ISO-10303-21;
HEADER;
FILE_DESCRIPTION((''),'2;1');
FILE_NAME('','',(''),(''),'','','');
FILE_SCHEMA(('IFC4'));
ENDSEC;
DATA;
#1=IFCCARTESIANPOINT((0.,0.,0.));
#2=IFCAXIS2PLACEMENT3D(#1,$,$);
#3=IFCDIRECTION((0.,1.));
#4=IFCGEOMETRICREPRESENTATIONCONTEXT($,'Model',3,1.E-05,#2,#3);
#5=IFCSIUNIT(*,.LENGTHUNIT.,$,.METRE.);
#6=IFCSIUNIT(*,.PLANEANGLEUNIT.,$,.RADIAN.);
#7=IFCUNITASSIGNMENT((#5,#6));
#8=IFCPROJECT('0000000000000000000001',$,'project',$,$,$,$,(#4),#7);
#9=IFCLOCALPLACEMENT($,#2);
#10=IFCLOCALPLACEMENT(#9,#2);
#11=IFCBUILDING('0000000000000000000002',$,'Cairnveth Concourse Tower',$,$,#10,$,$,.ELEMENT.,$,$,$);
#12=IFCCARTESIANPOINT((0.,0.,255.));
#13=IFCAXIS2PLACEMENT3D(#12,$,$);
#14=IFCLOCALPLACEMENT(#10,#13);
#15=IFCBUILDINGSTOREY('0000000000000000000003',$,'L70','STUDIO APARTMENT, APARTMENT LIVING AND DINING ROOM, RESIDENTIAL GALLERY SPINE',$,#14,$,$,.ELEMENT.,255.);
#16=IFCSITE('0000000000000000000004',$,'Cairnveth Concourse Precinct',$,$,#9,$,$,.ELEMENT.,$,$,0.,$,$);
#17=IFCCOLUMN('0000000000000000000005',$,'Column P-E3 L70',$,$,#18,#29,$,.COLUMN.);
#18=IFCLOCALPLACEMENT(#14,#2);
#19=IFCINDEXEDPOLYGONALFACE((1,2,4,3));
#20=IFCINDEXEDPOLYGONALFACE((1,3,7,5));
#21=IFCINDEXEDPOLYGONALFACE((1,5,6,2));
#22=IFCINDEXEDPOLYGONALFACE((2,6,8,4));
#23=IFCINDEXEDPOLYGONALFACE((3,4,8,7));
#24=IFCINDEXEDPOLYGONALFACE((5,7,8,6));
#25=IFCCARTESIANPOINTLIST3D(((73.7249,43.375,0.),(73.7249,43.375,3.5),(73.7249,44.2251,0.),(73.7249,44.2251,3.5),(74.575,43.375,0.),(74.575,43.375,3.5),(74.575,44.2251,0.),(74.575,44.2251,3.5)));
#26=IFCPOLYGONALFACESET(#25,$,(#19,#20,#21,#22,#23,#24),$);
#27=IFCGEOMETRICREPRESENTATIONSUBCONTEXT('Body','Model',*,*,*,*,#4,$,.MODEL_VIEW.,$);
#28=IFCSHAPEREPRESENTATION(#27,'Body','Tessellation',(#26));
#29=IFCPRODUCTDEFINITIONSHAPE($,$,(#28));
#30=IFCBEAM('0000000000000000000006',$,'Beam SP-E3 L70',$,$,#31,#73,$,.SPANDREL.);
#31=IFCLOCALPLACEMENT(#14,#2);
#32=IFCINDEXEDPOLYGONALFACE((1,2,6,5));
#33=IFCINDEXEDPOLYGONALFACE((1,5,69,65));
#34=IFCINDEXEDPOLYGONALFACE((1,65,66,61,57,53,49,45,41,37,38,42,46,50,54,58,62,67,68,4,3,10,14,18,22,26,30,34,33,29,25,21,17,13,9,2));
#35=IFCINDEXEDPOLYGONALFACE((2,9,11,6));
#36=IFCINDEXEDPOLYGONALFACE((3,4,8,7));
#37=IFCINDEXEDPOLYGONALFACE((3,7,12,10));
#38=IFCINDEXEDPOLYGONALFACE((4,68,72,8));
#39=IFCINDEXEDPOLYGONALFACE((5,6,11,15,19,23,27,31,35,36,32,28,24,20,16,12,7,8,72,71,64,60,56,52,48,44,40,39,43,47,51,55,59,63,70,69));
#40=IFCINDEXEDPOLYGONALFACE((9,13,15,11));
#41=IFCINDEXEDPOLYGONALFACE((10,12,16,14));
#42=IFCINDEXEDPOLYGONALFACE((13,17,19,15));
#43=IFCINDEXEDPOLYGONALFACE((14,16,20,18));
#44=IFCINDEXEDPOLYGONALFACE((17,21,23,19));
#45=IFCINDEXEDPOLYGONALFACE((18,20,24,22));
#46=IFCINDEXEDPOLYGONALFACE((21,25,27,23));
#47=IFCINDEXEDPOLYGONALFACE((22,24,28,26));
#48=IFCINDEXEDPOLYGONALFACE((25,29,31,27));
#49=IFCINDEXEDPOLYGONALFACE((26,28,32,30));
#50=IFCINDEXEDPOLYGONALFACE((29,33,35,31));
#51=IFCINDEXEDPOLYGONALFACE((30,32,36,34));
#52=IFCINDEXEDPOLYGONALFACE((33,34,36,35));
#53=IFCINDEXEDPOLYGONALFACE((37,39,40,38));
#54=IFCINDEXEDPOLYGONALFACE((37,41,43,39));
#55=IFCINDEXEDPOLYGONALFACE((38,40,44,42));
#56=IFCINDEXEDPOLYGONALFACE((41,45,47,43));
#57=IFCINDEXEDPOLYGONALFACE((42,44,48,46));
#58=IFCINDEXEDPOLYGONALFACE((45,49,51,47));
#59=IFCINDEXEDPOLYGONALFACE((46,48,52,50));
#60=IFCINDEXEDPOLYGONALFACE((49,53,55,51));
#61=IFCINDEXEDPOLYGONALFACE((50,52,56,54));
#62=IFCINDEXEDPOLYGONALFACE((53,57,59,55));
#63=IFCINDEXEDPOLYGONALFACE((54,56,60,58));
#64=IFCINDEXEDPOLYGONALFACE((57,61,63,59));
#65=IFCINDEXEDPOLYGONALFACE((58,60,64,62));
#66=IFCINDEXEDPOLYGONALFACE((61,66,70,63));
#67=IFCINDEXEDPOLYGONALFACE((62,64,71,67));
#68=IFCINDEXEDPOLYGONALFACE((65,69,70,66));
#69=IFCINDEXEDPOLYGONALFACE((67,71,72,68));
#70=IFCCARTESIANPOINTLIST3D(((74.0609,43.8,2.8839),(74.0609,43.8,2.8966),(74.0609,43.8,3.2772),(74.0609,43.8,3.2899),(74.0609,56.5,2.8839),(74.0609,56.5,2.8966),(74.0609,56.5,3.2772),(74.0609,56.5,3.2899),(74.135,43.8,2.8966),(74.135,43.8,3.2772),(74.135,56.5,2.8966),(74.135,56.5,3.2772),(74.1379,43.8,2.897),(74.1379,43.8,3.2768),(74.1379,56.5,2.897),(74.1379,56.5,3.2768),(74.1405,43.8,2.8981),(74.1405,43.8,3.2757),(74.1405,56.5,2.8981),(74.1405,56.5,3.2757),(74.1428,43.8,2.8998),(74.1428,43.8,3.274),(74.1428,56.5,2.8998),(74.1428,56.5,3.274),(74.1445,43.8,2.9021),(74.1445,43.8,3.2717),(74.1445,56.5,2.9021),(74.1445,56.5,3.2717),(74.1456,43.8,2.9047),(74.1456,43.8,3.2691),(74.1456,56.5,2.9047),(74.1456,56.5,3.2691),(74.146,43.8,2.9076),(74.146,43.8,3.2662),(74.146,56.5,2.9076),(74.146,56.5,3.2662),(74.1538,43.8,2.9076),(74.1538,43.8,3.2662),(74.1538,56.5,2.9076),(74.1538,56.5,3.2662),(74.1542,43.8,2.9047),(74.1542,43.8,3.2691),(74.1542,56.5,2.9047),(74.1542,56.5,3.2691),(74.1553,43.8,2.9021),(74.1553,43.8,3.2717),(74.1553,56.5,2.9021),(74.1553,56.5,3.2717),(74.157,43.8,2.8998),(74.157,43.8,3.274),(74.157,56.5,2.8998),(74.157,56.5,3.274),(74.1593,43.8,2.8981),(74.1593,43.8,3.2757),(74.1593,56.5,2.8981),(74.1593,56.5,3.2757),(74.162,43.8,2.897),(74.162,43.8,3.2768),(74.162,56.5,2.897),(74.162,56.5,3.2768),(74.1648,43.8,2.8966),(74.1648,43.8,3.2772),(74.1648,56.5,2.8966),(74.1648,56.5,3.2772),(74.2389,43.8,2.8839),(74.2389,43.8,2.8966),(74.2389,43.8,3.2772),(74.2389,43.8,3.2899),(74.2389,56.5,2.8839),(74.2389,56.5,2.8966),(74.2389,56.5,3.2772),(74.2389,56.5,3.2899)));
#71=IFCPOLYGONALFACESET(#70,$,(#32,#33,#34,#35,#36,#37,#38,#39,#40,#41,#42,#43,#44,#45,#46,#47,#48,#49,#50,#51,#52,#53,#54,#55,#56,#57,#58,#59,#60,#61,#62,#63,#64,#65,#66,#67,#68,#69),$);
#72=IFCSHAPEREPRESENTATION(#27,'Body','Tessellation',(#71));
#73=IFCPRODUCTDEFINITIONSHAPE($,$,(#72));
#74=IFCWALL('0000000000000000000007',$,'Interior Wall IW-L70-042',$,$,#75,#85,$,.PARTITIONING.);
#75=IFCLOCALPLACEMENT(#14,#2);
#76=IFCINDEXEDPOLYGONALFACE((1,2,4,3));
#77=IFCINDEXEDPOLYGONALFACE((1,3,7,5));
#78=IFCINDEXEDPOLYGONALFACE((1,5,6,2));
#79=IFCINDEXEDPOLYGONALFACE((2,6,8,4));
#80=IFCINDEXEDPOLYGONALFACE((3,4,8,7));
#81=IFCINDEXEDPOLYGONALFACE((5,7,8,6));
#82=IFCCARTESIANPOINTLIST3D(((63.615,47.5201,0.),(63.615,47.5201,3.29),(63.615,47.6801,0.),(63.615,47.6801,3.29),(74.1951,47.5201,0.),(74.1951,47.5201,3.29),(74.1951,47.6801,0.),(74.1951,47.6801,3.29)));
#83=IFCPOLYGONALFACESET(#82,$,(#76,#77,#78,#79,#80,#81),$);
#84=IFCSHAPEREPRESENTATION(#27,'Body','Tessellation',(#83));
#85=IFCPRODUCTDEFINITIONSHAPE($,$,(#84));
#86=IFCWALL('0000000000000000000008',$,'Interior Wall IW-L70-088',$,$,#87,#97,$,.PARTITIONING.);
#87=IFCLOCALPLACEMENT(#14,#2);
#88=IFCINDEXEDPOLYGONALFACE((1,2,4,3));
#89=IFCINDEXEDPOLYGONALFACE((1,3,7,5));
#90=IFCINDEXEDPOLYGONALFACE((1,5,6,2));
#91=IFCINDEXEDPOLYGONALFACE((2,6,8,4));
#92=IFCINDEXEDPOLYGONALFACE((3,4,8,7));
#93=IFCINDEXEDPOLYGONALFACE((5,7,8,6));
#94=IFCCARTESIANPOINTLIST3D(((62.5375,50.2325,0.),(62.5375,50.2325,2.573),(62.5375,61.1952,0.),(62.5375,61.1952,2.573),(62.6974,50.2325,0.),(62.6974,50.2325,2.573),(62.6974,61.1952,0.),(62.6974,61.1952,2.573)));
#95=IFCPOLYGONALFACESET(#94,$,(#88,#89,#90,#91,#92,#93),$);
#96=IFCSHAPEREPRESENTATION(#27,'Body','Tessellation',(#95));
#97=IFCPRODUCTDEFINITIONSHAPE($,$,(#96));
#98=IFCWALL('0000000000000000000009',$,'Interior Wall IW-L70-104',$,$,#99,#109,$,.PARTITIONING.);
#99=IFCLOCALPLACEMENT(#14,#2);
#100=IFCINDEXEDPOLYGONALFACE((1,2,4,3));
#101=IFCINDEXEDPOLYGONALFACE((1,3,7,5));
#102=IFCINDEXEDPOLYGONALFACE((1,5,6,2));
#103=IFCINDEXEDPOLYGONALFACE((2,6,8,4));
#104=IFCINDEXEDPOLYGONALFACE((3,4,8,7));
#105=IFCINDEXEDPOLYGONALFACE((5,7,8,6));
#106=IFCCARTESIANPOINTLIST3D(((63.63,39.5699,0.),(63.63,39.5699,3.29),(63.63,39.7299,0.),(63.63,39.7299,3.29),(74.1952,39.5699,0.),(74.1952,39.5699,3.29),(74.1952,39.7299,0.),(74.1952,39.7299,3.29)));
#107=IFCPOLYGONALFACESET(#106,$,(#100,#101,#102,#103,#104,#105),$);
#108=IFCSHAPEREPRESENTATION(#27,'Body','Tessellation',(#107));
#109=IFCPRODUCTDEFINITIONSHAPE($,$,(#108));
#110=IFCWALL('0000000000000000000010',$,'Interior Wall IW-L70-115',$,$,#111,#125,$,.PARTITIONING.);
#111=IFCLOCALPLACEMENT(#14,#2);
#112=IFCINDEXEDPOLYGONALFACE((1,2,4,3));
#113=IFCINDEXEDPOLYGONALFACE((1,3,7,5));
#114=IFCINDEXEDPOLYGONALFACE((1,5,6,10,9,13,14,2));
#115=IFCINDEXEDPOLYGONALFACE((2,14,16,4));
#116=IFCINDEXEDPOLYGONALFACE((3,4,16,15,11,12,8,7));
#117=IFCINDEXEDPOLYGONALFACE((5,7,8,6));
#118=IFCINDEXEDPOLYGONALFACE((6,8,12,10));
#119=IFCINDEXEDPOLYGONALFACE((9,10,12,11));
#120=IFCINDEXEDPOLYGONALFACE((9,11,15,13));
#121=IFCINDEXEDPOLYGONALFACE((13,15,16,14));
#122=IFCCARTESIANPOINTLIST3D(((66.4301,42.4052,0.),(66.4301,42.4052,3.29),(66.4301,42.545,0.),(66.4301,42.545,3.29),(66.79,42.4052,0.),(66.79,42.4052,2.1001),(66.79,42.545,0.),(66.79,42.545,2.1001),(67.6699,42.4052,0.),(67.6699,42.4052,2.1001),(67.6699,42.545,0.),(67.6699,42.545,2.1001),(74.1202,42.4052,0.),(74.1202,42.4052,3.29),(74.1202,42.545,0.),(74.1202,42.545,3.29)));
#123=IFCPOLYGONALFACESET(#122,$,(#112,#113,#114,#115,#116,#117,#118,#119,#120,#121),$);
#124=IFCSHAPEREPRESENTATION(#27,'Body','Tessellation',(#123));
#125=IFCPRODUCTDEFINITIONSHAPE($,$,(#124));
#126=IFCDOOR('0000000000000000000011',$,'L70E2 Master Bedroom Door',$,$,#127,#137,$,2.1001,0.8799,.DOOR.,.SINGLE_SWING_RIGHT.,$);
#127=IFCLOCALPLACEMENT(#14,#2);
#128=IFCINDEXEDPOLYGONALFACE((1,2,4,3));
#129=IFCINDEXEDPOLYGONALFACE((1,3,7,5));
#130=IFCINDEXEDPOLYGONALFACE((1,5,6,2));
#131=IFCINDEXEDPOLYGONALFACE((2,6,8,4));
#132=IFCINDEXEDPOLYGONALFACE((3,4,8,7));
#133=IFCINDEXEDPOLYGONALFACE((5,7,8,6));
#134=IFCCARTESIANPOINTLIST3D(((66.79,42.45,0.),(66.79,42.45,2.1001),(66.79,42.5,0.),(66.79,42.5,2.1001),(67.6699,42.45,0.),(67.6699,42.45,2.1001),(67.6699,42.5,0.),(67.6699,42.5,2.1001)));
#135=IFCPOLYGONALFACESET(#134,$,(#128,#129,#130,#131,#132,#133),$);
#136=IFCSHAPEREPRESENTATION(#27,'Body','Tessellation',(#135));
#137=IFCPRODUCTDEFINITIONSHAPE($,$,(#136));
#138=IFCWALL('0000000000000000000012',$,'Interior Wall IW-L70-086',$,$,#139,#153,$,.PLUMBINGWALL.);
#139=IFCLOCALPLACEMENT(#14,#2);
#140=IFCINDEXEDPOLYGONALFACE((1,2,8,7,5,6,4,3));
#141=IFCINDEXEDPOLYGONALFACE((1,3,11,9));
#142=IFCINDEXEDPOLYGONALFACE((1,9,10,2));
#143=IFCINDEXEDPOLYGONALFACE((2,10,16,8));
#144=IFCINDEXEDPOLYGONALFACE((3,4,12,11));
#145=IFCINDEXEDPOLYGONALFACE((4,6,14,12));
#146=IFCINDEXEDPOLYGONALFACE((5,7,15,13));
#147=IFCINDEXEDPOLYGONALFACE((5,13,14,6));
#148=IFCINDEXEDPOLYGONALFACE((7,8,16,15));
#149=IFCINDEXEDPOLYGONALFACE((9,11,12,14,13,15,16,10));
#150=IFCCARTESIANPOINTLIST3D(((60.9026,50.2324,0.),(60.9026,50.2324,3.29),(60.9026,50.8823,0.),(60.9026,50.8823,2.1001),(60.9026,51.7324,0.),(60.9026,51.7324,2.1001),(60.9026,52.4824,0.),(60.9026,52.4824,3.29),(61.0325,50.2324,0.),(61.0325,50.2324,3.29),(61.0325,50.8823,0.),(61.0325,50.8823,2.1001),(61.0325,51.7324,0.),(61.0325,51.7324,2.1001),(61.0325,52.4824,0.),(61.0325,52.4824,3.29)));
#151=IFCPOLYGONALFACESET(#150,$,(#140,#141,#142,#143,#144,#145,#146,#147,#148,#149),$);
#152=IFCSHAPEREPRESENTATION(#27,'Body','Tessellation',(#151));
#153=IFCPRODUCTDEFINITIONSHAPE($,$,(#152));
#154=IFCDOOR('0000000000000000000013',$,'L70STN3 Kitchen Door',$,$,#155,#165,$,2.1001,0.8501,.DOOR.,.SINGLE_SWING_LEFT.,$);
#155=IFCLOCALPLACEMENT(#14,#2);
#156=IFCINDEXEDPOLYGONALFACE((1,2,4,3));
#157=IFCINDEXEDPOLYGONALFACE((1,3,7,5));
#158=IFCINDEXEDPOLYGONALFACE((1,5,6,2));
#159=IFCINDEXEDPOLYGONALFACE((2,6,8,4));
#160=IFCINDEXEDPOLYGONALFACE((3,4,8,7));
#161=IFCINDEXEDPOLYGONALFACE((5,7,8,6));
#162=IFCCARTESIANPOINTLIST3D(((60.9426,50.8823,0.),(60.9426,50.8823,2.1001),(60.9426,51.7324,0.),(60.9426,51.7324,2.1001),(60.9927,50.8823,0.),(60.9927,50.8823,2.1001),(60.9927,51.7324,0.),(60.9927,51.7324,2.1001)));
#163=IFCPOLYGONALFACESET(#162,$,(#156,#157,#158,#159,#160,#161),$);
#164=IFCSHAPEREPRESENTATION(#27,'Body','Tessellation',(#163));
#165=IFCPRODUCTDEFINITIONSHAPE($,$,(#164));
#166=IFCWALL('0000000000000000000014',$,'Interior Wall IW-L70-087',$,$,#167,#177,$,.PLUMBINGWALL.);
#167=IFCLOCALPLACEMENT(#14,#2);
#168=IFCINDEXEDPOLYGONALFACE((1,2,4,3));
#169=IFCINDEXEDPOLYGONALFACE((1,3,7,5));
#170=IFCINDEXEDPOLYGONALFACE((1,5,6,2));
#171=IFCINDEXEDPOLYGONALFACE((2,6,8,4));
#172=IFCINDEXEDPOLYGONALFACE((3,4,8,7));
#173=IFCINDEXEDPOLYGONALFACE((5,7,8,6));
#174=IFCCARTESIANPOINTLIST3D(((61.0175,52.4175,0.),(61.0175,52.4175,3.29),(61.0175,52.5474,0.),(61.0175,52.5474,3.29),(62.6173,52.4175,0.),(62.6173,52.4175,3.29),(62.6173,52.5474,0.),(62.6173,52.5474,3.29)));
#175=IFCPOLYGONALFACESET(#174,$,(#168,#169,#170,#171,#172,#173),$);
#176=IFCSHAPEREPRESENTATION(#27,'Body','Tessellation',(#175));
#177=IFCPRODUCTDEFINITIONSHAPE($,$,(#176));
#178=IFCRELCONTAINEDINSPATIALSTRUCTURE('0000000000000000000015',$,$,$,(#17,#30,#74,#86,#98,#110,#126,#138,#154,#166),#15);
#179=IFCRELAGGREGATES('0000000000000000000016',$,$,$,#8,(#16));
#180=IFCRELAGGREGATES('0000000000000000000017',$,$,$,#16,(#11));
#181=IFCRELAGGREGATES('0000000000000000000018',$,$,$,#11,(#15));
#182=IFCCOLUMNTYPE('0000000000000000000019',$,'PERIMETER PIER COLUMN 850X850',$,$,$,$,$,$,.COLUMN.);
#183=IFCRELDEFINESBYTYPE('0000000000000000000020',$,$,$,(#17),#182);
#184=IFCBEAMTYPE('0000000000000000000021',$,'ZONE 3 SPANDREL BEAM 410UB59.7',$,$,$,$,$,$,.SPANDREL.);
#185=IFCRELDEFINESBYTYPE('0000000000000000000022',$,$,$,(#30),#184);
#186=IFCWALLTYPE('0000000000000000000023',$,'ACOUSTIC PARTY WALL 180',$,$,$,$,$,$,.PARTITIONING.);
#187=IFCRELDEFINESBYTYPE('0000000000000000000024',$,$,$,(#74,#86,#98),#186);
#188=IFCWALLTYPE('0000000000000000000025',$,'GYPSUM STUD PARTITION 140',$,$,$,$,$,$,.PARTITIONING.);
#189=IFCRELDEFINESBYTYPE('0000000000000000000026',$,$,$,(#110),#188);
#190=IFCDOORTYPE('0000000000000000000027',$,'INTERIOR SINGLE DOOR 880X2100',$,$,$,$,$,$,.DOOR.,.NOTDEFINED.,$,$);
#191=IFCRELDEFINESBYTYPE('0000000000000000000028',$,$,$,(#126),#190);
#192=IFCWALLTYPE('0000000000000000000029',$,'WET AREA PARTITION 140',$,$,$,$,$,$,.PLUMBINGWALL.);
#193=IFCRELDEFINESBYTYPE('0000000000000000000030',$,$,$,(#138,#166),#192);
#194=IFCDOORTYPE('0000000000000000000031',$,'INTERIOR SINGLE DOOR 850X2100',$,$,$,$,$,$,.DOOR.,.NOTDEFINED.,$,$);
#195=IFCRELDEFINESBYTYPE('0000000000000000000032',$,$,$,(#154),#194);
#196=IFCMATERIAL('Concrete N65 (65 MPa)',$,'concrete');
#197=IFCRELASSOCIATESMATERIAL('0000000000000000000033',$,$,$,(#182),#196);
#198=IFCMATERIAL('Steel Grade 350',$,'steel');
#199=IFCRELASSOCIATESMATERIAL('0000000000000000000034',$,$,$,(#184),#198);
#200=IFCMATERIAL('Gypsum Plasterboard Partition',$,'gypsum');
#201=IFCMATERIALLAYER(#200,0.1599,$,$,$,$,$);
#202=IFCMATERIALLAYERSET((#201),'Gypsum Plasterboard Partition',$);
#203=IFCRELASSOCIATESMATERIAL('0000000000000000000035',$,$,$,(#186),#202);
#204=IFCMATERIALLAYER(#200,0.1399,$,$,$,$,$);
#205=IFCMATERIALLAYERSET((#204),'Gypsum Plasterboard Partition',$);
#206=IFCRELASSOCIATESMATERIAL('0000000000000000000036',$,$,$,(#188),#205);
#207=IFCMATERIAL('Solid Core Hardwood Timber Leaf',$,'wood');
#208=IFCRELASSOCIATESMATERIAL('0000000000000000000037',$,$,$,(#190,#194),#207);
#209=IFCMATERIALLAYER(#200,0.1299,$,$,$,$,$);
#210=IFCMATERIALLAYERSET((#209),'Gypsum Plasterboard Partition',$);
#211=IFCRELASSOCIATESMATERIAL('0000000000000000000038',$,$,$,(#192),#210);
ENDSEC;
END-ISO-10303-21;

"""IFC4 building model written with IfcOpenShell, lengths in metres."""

from ifc_helpers import new_model, si_unit, direction, frame, frame_2d, origin, origin_2d, place, context, subcontext, project, spatial, rectangle, i_section, extrude, material, layer, layer_set, material_profile, profile_set, type_object, element, fill, save


model = new_model("IFC4")

# Units and contexts
model_context = context("Model", 3, precision=1e-05, world=origin(), true_north=direction((0.0, 1.0)))
body_context = subcontext(model_context, "Body", "Model", "MODEL_VIEW")
ifc_project = project(units=[si_unit("LENGTHUNIT", "METRE"), si_unit("PLANEANGLEUNIT", "RADIAN")], contexts=[model_context])

# Site, building, storey
site_placement = place(None, origin())
site = spatial("IfcSite", under=ifc_project, at=site_placement, Name="Cairnveth Concourse Precinct", CompositionType="ELEMENT", RefElevation=0.0)
building_placement = place(site_placement, origin())
building = spatial("IfcBuilding", under=site, at=building_placement, Name="Cairnveth Concourse Tower", CompositionType="ELEMENT")
storey_placement = place(building_placement, frame((0.0, 0.0, 255.0)))
storey = spatial("IfcBuildingStorey", under=building, at=storey_placement, Name="L70", Description="STUDIO APARTMENT, APARTMENT LIVING AND DINING ROOM, RESIDENTIAL GALLERY SPINE", CompositionType="ELEMENT", Elevation=255.0)

# Column
ifc_material_1 = material(Name="Concrete N65 (65 MPa)", Category="concrete")
ifc_material_profile_1 = material_profile(ifc_material_1, rectangle(XDim=0.8501, YDim=0.8501, at=origin_2d()), Name="RC-COL-850x850")
ifc_profile_set_1 = profile_set([ifc_material_profile_1], Name="Concrete N65 (65 MPa)")
column_type = type_object("IfcColumnType", Name="PERIMETER PIER COLUMN 850X850", PredefinedType="COLUMN", material=ifc_profile_set_1)
column_placement = place(storey_placement, frame((74.1499, 43.8, 0.0), z_axis=(0.0, 0.0, 1.0), x_axis=(0.0, 1.0, 0.0)))
element("IfcColumn", 1, at=column_placement, inside=storey, type_object=column_type, Name="Column P-E3 L70", PredefinedType="COLUMN", context=body_context, shape_type="SweptSolid", body=[
    extrude(rectangle(XDim=0.8501, YDim=0.8501, at=origin_2d()), origin(), (0.0, 0.0, 1.0), 3.5),
])

# Beam
ifc_material_2 = material(Name="Steel Grade 350", Category="steel")
ifc_material_profile_2 = material_profile(ifc_material_2, i_section(OverallWidth=0.178, OverallDepth=0.406, WebThickness=0.0078, FlangeThickness=0.0127, FilletRadius=0.011, at=origin_2d()), Name="410UB59.7")
ifc_profile_set_2 = profile_set([ifc_material_profile_2], Name="Steel Grade 350")
beam_type = type_object("IfcBeamType", Name="ZONE 3 SPANDREL BEAM 410UB59.7", PredefinedType="SPANDREL", material=ifc_profile_set_2)
beam_placement = place(storey_placement, frame((74.1499, 43.8, 3.0869), z_axis=(0.0, 1.0, 0.0), x_axis=(-1.0, 0.0, 0.0)))
element("IfcBeam", 2, at=beam_placement, inside=storey, type_object=beam_type, Name="Beam SP-E3 L70", PredefinedType="SPANDREL", context=body_context, shape_type="SweptSolid", body=[
    extrude(i_section(OverallWidth=0.178, OverallDepth=0.406, WebThickness=0.0078, FlangeThickness=0.0127, FilletRadius=0.011, at=origin_2d()), origin(), (0.0, 0.0, 1.0), 12.7),
])

# Walls
ifc_material_3 = material(Name="Gypsum Plasterboard Partition", Category="gypsum")
ifc_layer_1 = layer(ifc_material_3, 0.1599)
ifc_layer_set_1 = layer_set([ifc_layer_1], Name="Gypsum Plasterboard Partition")
wall_type_1 = type_object("IfcWallType", Name="ACOUSTIC PARTY WALL 180", PredefinedType="PARTITIONING", material=ifc_layer_set_1)
wall_1_placement = place(storey_placement, frame((63.615, 47.6001, 0.0), z_axis=(0.0, 0.0, 1.0), x_axis=(1.0, 0.0, 0.0)))
element("IfcWall", 3, at=wall_1_placement, inside=storey, type_object=wall_type_1, Name="Interior Wall IW-L70-042", PredefinedType="PARTITIONING", context=body_context, shape_type="SweptSolid", body=[
    extrude(rectangle(XDim=10.5801, YDim=0.1599, at=frame_2d((5.29, 0.0))), origin(), (0.0, 0.0, 1.0), 3.29),
])
wall_2_placement = place(storey_placement, frame((62.6174, 50.2324, 0.0), z_axis=(0.0, 0.0, 1.0), x_axis=(0.0, 1.0, 0.0)))
element("IfcWall", 4, at=wall_2_placement, inside=storey, type_object=wall_type_1, Name="Interior Wall IW-L70-088", PredefinedType="PARTITIONING", context=body_context, shape_type="SweptSolid", body=[
    extrude(rectangle(XDim=10.9626, YDim=0.1599, at=frame_2d((5.4814, 0.0))), origin(), (0.0, 0.0, 1.0), 2.573),
])
wall_3_placement = place(storey_placement, frame((63.6299, 39.6499, 0.0), z_axis=(0.0, 0.0, 1.0), x_axis=(1.0, 0.0, 0.0)))
element("IfcWall", 5, at=wall_3_placement, inside=storey, type_object=wall_type_1, Name="Interior Wall IW-L70-104", PredefinedType="PARTITIONING", context=body_context, shape_type="SweptSolid", body=[
    extrude(rectangle(XDim=10.5652, YDim=0.1599, at=frame_2d((5.2827, 0.0))), origin(), (0.0, 0.0, 1.0), 3.29),
])

# Walls, openings, doors
ifc_layer_2 = layer(ifc_material_3, 0.1399)
ifc_layer_set_2 = layer_set([ifc_layer_2], Name="Gypsum Plasterboard Partition")
wall_type_2 = type_object("IfcWallType", Name="GYPSUM STUD PARTITION 140", PredefinedType="PARTITIONING", material=ifc_layer_set_2)
wall_4_placement = place(storey_placement, frame((66.4299, 42.4751, 0.0), z_axis=(0.0, 0.0, 1.0), x_axis=(1.0, 0.0, 0.0)))
wall_4 = element("IfcWall", 6, at=wall_4_placement, inside=storey, type_object=wall_type_2, Name="Interior Wall IW-L70-115", PredefinedType="PARTITIONING", context=body_context, shape_type="SweptSolid", body=[
    extrude(rectangle(XDim=7.6902, YDim=0.1399, at=frame_2d((3.8452, 0.0))), origin(), (0.0, 0.0, 1.0), 3.29),
])
opening_1_placement = place(wall_4_placement, frame((0.3601, 0.0, 0.0)))
opening_1 = element("IfcOpeningElement", 7, at=opening_1_placement, cuts=wall_4, PredefinedType="OPENING", context=body_context, shape_type="SweptSolid", body=[
    extrude(rectangle(XDim=0.8799, YDim=2.1001, at=frame_2d((0.4399, 1.05))), frame((0.0, 0.0798, 0.0), z_axis=(0.0, -1.0, 0.0), x_axis=(1.0, 0.0, 0.0)), (0.0, 0.0, 1.0), 0.1599),
])
ifc_material_4 = material(Name="Solid Core Hardwood Timber Leaf", Category="wood")
door_type_1 = type_object("IfcDoorType", Name="INTERIOR SINGLE DOOR 880X2100", OperationType="NOTDEFINED", PredefinedType="DOOR", material=ifc_material_4)
door_1_placement = place(opening_1_placement, origin())
door_1 = element("IfcDoor", 8, at=door_1_placement, inside=storey, type_object=door_type_1, Name="L70E2 Master Bedroom Door", OperationType="SINGLE_SWING_RIGHT", OverallHeight=2.1001, OverallWidth=0.8799, PredefinedType="DOOR", context=body_context, shape_type="SweptSolid", body=[
    extrude(rectangle(XDim=0.8799, YDim=2.1001, at=frame_2d((0.4399, 1.05))), frame((0.0, 0.0249, 0.0), z_axis=(0.0, -1.0, 0.0), x_axis=(1.0, 0.0, 0.0)), (0.0, 0.0, 1.0), 0.05),
])
fill(opening_1, door_1)
ifc_layer_3 = layer(ifc_material_3, 0.1299)
ifc_layer_set_3 = layer_set([ifc_layer_3], Name="Gypsum Plasterboard Partition")
wall_type_3 = type_object("IfcWallType", Name="WET AREA PARTITION 140", PredefinedType="PLUMBINGWALL", material=ifc_layer_set_3)
wall_5_placement = place(storey_placement, frame((60.9675, 50.2324, 0.0), z_axis=(0.0, 0.0, 1.0), x_axis=(0.0, 1.0, 0.0)))
wall_5 = element("IfcWall", 9, at=wall_5_placement, inside=storey, type_object=wall_type_3, Name="Interior Wall IW-L70-086", PredefinedType="PLUMBINGWALL", context=body_context, shape_type="SweptSolid", body=[
    extrude(rectangle(XDim=2.25, YDim=0.1299, at=frame_2d((1.125, 0.0))), origin(), (0.0, 0.0, 1.0), 3.29),
])
opening_2_placement = place(wall_5_placement, frame((0.6499, 0.0, 0.0)))
opening_2 = element("IfcOpeningElement", 10, at=opening_2_placement, cuts=wall_5, PredefinedType="OPENING", context=body_context, shape_type="SweptSolid", body=[
    extrude(rectangle(XDim=0.8501, YDim=2.1001, at=frame_2d((0.425, 1.05))), frame((0.0, 0.075, 0.0), z_axis=(0.0, -1.0, 0.0), x_axis=(1.0, 0.0, 0.0)), (0.0, 0.0, 1.0), 0.1499),
])
door_type_2 = type_object("IfcDoorType", Name="INTERIOR SINGLE DOOR 850X2100", OperationType="NOTDEFINED", PredefinedType="DOOR", material=ifc_material_4)
door_2_placement = place(opening_2_placement, origin())
door_2 = element("IfcDoor", 11, at=door_2_placement, inside=storey, type_object=door_type_2, Name="L70STN3 Kitchen Door", OperationType="SINGLE_SWING_LEFT", OverallHeight=2.1001, OverallWidth=0.8501, PredefinedType="DOOR", context=body_context, shape_type="SweptSolid", body=[
    extrude(rectangle(XDim=0.8501, YDim=2.1001, at=frame_2d((0.425, 1.05))), frame((0.0, 0.0249, 0.0), z_axis=(0.0, -1.0, 0.0), x_axis=(1.0, 0.0, 0.0)), (0.0, 0.0, 1.0), 0.05),
])
fill(opening_2, door_2)

# Wall
wall_6_placement = place(storey_placement, frame((61.0176, 52.4824, 0.0), z_axis=(0.0, 0.0, 1.0), x_axis=(1.0, 0.0, 0.0)))
element("IfcWall", 12, at=wall_6_placement, inside=storey, type_object=wall_type_3, Name="Interior Wall IW-L70-087", PredefinedType="PLUMBINGWALL", context=body_context, shape_type="SweptSolid", body=[
    extrude(rectangle(XDim=1.5999, YDim=0.1299, at=frame_2d((0.7998, 0.0))), origin(), (0.0, 0.0, 1.0), 3.29),
])

save(model, "model.ifc")
